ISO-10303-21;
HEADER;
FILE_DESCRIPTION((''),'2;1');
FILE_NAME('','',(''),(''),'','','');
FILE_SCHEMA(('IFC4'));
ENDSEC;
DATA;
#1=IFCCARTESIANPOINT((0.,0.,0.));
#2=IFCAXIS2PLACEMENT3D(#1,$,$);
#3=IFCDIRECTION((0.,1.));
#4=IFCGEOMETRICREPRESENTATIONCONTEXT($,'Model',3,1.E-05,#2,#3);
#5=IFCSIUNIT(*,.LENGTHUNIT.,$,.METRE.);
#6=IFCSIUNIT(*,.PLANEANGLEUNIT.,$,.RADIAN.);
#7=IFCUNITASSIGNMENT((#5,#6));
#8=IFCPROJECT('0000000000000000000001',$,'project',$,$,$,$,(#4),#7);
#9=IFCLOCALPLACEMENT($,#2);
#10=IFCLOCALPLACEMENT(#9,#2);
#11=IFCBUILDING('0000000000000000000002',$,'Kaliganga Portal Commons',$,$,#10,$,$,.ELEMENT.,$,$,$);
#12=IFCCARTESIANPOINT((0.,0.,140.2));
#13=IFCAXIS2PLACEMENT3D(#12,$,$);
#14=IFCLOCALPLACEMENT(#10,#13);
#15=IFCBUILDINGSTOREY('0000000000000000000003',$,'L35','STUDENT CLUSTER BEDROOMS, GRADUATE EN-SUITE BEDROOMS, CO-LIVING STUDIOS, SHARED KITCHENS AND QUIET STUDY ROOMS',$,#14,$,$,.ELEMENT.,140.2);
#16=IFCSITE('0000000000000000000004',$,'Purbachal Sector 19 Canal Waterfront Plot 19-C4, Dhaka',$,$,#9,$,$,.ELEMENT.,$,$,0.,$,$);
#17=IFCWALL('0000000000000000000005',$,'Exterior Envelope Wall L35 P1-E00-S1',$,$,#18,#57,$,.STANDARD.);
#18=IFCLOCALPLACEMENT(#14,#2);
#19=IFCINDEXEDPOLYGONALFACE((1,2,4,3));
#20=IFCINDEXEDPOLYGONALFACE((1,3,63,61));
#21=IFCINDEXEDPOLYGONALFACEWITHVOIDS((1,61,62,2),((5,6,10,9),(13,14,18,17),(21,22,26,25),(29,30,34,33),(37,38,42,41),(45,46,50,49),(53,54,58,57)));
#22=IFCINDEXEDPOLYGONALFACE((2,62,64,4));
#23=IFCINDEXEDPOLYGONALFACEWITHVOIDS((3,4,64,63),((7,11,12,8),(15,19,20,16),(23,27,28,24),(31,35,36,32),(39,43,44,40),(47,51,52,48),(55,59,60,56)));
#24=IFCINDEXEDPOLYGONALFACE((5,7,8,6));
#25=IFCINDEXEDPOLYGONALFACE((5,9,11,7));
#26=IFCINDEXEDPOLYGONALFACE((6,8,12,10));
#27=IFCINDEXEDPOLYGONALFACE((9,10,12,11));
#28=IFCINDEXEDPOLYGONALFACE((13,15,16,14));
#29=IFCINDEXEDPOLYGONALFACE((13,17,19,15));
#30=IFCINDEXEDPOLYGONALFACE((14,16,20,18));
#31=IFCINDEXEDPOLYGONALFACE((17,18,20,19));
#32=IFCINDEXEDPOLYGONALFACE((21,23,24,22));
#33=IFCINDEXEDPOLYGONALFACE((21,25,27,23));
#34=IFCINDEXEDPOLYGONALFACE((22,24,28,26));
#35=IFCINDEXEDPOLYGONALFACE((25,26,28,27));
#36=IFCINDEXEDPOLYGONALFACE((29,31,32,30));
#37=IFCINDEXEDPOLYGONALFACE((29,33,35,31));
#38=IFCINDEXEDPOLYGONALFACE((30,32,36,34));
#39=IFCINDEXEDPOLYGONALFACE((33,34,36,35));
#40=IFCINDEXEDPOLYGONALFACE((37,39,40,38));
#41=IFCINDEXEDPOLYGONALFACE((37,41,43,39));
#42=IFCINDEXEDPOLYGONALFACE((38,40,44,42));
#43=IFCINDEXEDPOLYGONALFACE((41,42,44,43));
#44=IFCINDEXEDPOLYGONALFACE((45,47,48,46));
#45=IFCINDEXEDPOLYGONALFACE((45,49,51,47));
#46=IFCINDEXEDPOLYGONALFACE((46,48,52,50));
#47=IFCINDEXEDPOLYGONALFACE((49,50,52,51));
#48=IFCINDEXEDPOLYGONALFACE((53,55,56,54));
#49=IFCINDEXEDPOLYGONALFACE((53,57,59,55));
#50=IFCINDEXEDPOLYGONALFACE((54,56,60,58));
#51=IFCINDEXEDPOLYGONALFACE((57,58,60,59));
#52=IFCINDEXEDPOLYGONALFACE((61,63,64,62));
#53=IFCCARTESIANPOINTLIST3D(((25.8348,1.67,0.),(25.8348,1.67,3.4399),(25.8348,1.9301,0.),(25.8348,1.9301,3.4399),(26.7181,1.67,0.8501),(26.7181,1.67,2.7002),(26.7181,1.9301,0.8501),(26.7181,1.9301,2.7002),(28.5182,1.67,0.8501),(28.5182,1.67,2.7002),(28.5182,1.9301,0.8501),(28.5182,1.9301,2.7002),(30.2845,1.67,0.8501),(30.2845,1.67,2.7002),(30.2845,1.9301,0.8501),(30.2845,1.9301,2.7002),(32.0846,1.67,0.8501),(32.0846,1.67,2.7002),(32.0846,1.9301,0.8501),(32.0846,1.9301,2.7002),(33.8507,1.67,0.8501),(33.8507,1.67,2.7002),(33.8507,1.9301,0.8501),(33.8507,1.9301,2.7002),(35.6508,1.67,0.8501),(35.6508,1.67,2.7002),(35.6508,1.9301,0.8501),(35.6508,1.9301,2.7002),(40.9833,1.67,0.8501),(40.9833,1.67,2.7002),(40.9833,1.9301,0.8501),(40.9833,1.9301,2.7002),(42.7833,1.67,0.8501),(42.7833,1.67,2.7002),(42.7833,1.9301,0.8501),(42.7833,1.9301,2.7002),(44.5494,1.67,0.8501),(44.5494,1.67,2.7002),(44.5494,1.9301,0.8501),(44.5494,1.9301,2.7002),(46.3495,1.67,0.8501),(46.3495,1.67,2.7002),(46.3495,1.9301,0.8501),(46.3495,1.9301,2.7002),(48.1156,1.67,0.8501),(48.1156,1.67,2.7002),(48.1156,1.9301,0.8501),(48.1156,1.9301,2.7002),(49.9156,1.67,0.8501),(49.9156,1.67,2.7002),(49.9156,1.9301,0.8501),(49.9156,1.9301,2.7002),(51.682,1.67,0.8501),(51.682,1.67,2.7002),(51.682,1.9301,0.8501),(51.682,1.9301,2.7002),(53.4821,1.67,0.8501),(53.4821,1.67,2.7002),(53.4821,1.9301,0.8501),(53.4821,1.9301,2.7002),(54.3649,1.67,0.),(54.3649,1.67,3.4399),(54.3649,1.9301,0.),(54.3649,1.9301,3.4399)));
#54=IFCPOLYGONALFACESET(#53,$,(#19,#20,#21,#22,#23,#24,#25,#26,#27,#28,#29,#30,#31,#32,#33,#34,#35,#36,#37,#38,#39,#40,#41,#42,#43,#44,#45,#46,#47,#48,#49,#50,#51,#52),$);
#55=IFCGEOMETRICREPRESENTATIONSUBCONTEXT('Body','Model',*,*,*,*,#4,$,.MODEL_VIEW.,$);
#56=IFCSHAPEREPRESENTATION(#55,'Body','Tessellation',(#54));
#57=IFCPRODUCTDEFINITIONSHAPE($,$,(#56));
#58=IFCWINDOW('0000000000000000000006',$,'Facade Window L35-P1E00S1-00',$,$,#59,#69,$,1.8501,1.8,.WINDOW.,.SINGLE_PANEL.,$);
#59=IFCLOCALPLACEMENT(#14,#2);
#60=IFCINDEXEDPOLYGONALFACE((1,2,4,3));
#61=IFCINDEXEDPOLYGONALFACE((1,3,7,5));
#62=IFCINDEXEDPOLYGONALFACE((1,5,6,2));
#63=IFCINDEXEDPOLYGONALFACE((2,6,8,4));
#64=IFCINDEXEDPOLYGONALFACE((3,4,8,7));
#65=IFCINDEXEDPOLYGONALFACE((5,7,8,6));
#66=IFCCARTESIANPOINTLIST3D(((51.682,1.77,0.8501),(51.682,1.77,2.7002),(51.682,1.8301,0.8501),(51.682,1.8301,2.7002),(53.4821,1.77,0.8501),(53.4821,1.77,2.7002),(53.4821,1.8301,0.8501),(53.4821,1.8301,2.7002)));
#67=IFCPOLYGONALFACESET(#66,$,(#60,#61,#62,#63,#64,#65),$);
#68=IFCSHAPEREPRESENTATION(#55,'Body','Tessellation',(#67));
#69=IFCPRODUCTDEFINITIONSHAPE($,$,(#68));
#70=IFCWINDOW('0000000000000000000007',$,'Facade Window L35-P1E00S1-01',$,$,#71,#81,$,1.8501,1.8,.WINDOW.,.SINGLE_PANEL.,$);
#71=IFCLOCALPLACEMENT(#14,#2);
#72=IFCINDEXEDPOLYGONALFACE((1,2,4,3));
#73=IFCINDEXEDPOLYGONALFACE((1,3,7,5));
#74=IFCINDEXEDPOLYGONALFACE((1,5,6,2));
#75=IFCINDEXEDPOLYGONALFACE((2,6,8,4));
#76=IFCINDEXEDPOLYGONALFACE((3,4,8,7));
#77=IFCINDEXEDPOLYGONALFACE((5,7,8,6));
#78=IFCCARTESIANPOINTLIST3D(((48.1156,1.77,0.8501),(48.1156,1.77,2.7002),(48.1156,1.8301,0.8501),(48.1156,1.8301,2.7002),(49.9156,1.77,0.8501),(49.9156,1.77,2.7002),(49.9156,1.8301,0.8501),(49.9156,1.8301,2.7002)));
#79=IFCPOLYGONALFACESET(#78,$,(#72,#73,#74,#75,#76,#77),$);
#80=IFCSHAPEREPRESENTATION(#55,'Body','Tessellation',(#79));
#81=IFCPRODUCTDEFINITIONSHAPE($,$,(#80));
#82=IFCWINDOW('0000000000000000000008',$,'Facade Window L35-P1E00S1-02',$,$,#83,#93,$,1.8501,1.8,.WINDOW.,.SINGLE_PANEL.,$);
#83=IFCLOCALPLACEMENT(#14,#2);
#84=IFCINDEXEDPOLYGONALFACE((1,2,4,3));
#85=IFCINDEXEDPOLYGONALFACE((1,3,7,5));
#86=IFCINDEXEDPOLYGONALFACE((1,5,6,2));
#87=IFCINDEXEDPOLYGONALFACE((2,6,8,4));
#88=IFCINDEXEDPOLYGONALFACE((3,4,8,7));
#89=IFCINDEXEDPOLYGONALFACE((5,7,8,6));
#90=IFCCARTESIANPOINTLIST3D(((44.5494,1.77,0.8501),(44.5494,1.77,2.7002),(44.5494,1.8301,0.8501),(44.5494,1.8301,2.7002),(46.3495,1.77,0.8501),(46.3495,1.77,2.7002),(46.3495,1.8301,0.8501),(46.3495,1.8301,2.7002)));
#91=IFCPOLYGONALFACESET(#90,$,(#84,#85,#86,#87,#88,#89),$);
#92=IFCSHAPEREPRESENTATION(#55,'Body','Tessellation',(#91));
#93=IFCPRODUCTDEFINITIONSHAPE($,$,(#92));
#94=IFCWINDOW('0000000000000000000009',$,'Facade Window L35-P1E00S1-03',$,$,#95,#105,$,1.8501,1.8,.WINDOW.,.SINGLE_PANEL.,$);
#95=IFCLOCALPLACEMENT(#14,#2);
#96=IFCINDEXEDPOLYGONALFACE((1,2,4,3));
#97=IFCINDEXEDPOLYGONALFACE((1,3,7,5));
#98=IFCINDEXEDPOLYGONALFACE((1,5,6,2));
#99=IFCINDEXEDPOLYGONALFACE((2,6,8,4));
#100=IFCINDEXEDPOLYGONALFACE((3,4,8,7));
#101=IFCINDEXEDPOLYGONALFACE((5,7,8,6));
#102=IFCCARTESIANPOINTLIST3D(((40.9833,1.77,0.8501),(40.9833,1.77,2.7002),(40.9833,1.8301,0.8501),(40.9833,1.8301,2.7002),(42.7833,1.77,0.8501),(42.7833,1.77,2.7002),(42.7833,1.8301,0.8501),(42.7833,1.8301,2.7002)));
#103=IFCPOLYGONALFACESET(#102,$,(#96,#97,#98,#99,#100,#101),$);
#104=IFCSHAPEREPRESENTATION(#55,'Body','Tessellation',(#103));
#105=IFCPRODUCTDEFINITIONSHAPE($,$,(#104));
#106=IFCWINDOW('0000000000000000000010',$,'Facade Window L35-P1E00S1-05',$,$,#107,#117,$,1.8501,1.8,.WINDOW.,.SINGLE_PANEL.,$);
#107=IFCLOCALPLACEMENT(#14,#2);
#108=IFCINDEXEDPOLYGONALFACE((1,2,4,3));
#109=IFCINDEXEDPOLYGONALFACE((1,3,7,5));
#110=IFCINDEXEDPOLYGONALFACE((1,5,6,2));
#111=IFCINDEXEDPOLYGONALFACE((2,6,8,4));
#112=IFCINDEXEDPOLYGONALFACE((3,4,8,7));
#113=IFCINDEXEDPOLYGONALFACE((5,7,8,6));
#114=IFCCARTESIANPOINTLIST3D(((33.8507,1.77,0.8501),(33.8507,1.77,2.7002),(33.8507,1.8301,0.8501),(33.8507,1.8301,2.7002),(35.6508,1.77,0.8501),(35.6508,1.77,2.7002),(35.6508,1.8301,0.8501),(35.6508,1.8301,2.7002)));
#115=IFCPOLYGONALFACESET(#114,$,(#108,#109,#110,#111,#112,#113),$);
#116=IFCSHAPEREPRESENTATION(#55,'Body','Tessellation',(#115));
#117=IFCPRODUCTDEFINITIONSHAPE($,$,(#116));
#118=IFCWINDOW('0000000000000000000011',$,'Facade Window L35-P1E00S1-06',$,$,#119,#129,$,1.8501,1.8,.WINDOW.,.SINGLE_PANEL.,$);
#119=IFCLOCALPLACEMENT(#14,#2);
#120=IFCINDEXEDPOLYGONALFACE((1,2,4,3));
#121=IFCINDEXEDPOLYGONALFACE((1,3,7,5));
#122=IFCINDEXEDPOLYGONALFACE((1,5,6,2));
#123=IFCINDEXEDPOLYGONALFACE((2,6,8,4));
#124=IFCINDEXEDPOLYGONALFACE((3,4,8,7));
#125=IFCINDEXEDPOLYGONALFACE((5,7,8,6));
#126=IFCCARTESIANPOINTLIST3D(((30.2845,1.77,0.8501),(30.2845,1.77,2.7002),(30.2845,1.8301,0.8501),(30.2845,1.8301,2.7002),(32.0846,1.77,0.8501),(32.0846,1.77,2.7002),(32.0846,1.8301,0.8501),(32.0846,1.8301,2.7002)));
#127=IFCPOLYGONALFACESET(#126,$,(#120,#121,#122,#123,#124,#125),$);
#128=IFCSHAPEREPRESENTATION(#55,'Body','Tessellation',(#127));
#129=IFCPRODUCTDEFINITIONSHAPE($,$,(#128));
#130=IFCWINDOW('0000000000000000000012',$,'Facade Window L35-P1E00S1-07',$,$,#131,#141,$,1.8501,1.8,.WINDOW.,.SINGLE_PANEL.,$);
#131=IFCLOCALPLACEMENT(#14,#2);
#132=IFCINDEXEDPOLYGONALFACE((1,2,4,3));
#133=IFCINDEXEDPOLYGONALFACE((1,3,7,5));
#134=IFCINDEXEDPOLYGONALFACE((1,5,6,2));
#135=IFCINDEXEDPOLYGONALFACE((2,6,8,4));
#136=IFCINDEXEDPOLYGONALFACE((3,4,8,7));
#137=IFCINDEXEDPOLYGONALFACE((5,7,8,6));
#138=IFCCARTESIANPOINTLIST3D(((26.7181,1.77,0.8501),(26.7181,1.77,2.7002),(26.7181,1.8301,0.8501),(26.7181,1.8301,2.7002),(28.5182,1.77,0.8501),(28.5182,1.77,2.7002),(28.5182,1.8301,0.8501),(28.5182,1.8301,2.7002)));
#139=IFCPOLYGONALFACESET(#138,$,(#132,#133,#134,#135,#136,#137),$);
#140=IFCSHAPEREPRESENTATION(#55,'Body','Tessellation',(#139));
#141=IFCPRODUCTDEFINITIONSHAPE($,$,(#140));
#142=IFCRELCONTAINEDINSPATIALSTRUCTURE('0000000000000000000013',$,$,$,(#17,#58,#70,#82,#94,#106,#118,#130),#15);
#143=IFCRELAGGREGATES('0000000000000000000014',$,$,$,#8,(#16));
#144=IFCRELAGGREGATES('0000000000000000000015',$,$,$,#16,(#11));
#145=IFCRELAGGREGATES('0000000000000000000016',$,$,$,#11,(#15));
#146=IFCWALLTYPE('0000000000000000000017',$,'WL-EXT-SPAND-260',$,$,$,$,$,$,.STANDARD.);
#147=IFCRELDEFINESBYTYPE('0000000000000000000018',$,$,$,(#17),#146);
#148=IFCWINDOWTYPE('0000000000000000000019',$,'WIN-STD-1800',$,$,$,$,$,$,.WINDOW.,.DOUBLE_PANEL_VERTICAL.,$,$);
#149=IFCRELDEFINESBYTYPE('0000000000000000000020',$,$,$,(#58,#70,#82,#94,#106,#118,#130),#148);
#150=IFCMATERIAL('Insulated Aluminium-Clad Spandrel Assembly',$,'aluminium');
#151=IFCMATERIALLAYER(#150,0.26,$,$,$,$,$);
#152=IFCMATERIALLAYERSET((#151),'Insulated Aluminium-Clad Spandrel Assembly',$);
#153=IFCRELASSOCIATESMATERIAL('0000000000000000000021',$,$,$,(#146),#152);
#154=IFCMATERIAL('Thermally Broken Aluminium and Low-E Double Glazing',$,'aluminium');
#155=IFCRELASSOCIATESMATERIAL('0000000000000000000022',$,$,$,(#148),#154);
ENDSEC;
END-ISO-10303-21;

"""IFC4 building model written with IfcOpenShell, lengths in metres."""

from ifc_helpers import new_model, si_unit, direction, frame, frame_2d, origin, place, context, subcontext, project, spatial, rectangle, extrude, material, layer, layer_set, type_object, element, fill, save


model = new_model("IFC4")

# Units and contexts
model_context = context("Model", 3, precision=1e-05, world=origin(), true_north=direction((0.0, 1.0)))
body_context = subcontext(model_context, "Body", "Model", "MODEL_VIEW")
ifc_project = project(units=[si_unit("LENGTHUNIT", "METRE"), si_unit("PLANEANGLEUNIT", "RADIAN")], contexts=[model_context])

# Site, building, storey
site_placement = place(None, origin())
site = spatial("IfcSite", under=ifc_project, at=site_placement, Name="Purbachal Sector 19 Canal Waterfront Plot 19-C4, Dhaka", CompositionType="ELEMENT", RefElevation=0.0)
building_placement = place(site_placement, origin())
building = spatial("IfcBuilding", under=site, at=building_placement, Name="Kaliganga Portal Commons", CompositionType="ELEMENT")
storey_placement = place(building_placement, frame((0.0, 0.0, 140.2)))
storey = spatial("IfcBuildingStorey", under=building, at=storey_placement, Name="L35", Description="STUDENT CLUSTER BEDROOMS, GRADUATE EN-SUITE BEDROOMS, CO-LIVING STUDIOS, SHARED KITCHENS AND QUIET STUDY ROOMS", CompositionType="ELEMENT", Elevation=140.2)

# Wall, openings, windows
ifc_material_1 = material(Name="Insulated Aluminium-Clad Spandrel Assembly", Category="aluminium")
ifc_layer_1 = layer(ifc_material_1, 0.26)
ifc_layer_set_1 = layer_set([ifc_layer_1], Name="Insulated Aluminium-Clad Spandrel Assembly")
wall_type_1 = type_object("IfcWallType", Name="WL-EXT-SPAND-260", PredefinedType="STANDARD", material=ifc_layer_set_1)
wall_1_placement = place(storey_placement, frame((54.365, 1.8, 0.0), z_axis=(0.0, 0.0, 1.0), x_axis=(-1.0, 0.0, 0.0)))
wall_1 = element("IfcWall", 1, at=wall_1_placement, inside=storey, type_object=wall_type_1, Name="Exterior Envelope Wall L35 P1-E00-S1", PredefinedType="STANDARD", context=body_context, shape_type="SweptSolid", body=[
    extrude(rectangle(XDim=28.53, YDim=0.26, at=frame_2d((14.2651, 0.0))), origin(), (0.0, 0.0, 1.0), 3.4399),
])
opening_1_placement = place(wall_1_placement, frame((0.8831, 0.0, 0.8501)))
opening_1 = element("IfcOpeningElement", 2, at=opening_1_placement, cuts=wall_1, PredefinedType="OPENING", context=body_context, shape_type="SweptSolid", body=[
    extrude(rectangle(XDim=1.8, YDim=1.8501, at=frame_2d((0.8999, 0.925))), frame((0.0, 0.1401, 0.0), z_axis=(0.0, -1.0, 0.0), x_axis=(1.0, 0.0, 0.0)), (0.0, 0.0, 1.0), 0.28),
])
opening_2_placement = place(wall_1_placement, frame((4.4495, 0.0, 0.8501)))
opening_2 = element("IfcOpeningElement", 3, at=opening_2_placement, cuts=wall_1, PredefinedType="OPENING", context=body_context, shape_type="SweptSolid", body=[
    extrude(rectangle(XDim=1.8, YDim=1.8501, at=frame_2d((0.8999, 0.925))), frame((0.0, 0.1401, 0.0), z_axis=(0.0, -1.0, 0.0), x_axis=(1.0, 0.0, 0.0)), (0.0, 0.0, 1.0), 0.28),
])
opening_3_placement = place(wall_1_placement, frame((8.0156, 0.0, 0.8501)))
opening_3 = element("IfcOpeningElement", 4, at=opening_3_placement, cuts=wall_1, PredefinedType="OPENING", context=body_context, shape_type="SweptSolid", body=[
    extrude(rectangle(XDim=1.8, YDim=1.8501, at=frame_2d((0.8999, 0.925))), frame((0.0, 0.1401, 0.0), z_axis=(0.0, -1.0, 0.0), x_axis=(1.0, 0.0, 0.0)), (0.0, 0.0, 1.0), 0.28),
])
opening_4_placement = place(wall_1_placement, frame((11.5818, 0.0, 0.8501)))
opening_4 = element("IfcOpeningElement", 5, at=opening_4_placement, cuts=wall_1, PredefinedType="OPENING", context=body_context, shape_type="SweptSolid", body=[
    extrude(rectangle(XDim=1.8, YDim=1.8501, at=frame_2d((0.8999, 0.925))), frame((0.0, 0.1401, 0.0), z_axis=(0.0, -1.0, 0.0), x_axis=(1.0, 0.0, 0.0)), (0.0, 0.0, 1.0), 0.28),
])
opening_5_placement = place(wall_1_placement, frame((18.7144, 0.0, 0.8501)))
opening_5 = element("IfcOpeningElement", 6, at=opening_5_placement, cuts=wall_1, PredefinedType="OPENING", context=body_context, shape_type="SweptSolid", body=[
    extrude(rectangle(XDim=1.8, YDim=1.8501, at=frame_2d((0.8999, 0.925))), frame((0.0, 0.1401, 0.0), z_axis=(0.0, -1.0, 0.0), x_axis=(1.0, 0.0, 0.0)), (0.0, 0.0, 1.0), 0.28),
])
opening_6_placement = place(wall_1_placement, frame((22.2805, 0.0, 0.8501)))
opening_6 = element("IfcOpeningElement", 7, at=opening_6_placement, cuts=wall_1, PredefinedType="OPENING", context=body_context, shape_type="SweptSolid", body=[
    extrude(rectangle(XDim=1.8, YDim=1.8501, at=frame_2d((0.8999, 0.925))), frame((0.0, 0.1401, 0.0), z_axis=(0.0, -1.0, 0.0), x_axis=(1.0, 0.0, 0.0)), (0.0, 0.0, 1.0), 0.28),
])
opening_7_placement = place(wall_1_placement, frame((25.8469, 0.0, 0.8501)))
opening_7 = element("IfcOpeningElement", 8, at=opening_7_placement, cuts=wall_1, PredefinedType="OPENING", context=body_context, shape_type="SweptSolid", body=[
    extrude(rectangle(XDim=1.8, YDim=1.8501, at=frame_2d((0.8999, 0.925))), frame((0.0, 0.1401, 0.0), z_axis=(0.0, -1.0, 0.0), x_axis=(1.0, 0.0, 0.0)), (0.0, 0.0, 1.0), 0.28),
])
ifc_material_2 = material(Name="Thermally Broken Aluminium and Low-E Double Glazing", Category="aluminium")
window_type = type_object("IfcWindowType", Name="WIN-STD-1800", PartitioningType="DOUBLE_PANEL_VERTICAL", PredefinedType="WINDOW", material=ifc_material_2)
window_1_placement = place(opening_1_placement, origin())
window_1 = element("IfcWindow", 9, at=window_1_placement, inside=storey, type_object=window_type, Name="Facade Window L35-P1E00S1-00", OverallHeight=1.8501, OverallWidth=1.8, PartitioningType="SINGLE_PANEL", PredefinedType="WINDOW", context=body_context, shape_type="SweptSolid", body=[
    extrude(rectangle(XDim=1.8, YDim=1.8501, at=frame_2d((0.8999, 0.925))), frame((0.0, 0.03, 0.0), z_axis=(0.0, -1.0, 0.0), x_axis=(1.0, 0.0, 0.0)), (0.0, 0.0, 1.0), 0.0601),
])
fill(opening_1, window_1)
window_2_placement = place(opening_2_placement, origin())
window_2 = element("IfcWindow", 10, at=window_2_placement, inside=storey, type_object=window_type, Name="Facade Window L35-P1E00S1-01", OverallHeight=1.8501, OverallWidth=1.8, PartitioningType="SINGLE_PANEL", PredefinedType="WINDOW", context=body_context, shape_type="SweptSolid", body=[
    extrude(rectangle(XDim=1.8, YDim=1.8501, at=frame_2d((0.8999, 0.925))), frame((0.0, 0.03, 0.0), z_axis=(0.0, -1.0, 0.0), x_axis=(1.0, 0.0, 0.0)), (0.0, 0.0, 1.0), 0.0601),
])
fill(opening_2, window_2)
window_3_placement = place(opening_3_placement, origin())
window_3 = element("IfcWindow", 11, at=window_3_placement, inside=storey, type_object=window_type, Name="Facade Window L35-P1E00S1-02", OverallHeight=1.8501, OverallWidth=1.8, PartitioningType="SINGLE_PANEL", PredefinedType="WINDOW", context=body_context, shape_type="SweptSolid", body=[
    extrude(rectangle(XDim=1.8, YDim=1.8501, at=frame_2d((0.8999, 0.925))), frame((0.0, 0.03, 0.0), z_axis=(0.0, -1.0, 0.0), x_axis=(1.0, 0.0, 0.0)), (0.0, 0.0, 1.0), 0.0601),
])
fill(opening_3, window_3)
window_4_placement = place(opening_4_placement, origin())
window_4 = element("IfcWindow", 12, at=window_4_placement, inside=storey, type_object=window_type, Name="Facade Window L35-P1E00S1-03", OverallHeight=1.8501, OverallWidth=1.8, PartitioningType="SINGLE_PANEL", PredefinedType="WINDOW", context=body_context, shape_type="SweptSolid", body=[
    extrude(rectangle(XDim=1.8, YDim=1.8501, at=frame_2d((0.8999, 0.925))), frame((0.0, 0.03, 0.0), z_axis=(0.0, -1.0, 0.0), x_axis=(1.0, 0.0, 0.0)), (0.0, 0.0, 1.0), 0.0601),
])
fill(opening_4, window_4)
window_5_placement = place(opening_5_placement, origin())
window_5 = element("IfcWindow", 13, at=window_5_placement, inside=storey, type_object=window_type, Name="Facade Window L35-P1E00S1-05", OverallHeight=1.8501, OverallWidth=1.8, PartitioningType="SINGLE_PANEL", PredefinedType="WINDOW", context=body_context, shape_type="SweptSolid", body=[
    extrude(rectangle(XDim=1.8, YDim=1.8501, at=frame_2d((0.8999, 0.925))), frame((0.0, 0.03, 0.0), z_axis=(0.0, -1.0, 0.0), x_axis=(1.0, 0.0, 0.0)), (0.0, 0.0, 1.0), 0.0601),
])
fill(opening_5, window_5)
window_6_placement = place(opening_6_placement, origin())
window_6 = element("IfcWindow", 14, at=window_6_placement, inside=storey, type_object=window_type, Name="Facade Window L35-P1E00S1-06", OverallHeight=1.8501, OverallWidth=1.8, PartitioningType="SINGLE_PANEL", PredefinedType="WINDOW", context=body_context, shape_type="SweptSolid", body=[
    extrude(rectangle(XDim=1.8, YDim=1.8501, at=frame_2d((0.8999, 0.925))), frame((0.0, 0.03, 0.0), z_axis=(0.0, -1.0, 0.0), x_axis=(1.0, 0.0, 0.0)), (0.0, 0.0, 1.0), 0.0601),
])
fill(opening_6, window_6)
window_7_placement = place(opening_7_placement, origin())
window_7 = element("IfcWindow", 15, at=window_7_placement, inside=storey, type_object=window_type, Name="Facade Window L35-P1E00S1-07", OverallHeight=1.8501, OverallWidth=1.8, PartitioningType="SINGLE_PANEL", PredefinedType="WINDOW", context=body_context, shape_type="SweptSolid", body=[
    extrude(rectangle(XDim=1.8, YDim=1.8501, at=frame_2d((0.8999, 0.925))), frame((0.0, 0.03, 0.0), z_axis=(0.0, -1.0, 0.0), x_axis=(1.0, 0.0, 0.0)), (0.0, 0.0, 1.0), 0.0601),
])
fill(opening_7, window_7)

save(model, "model.ifc")
